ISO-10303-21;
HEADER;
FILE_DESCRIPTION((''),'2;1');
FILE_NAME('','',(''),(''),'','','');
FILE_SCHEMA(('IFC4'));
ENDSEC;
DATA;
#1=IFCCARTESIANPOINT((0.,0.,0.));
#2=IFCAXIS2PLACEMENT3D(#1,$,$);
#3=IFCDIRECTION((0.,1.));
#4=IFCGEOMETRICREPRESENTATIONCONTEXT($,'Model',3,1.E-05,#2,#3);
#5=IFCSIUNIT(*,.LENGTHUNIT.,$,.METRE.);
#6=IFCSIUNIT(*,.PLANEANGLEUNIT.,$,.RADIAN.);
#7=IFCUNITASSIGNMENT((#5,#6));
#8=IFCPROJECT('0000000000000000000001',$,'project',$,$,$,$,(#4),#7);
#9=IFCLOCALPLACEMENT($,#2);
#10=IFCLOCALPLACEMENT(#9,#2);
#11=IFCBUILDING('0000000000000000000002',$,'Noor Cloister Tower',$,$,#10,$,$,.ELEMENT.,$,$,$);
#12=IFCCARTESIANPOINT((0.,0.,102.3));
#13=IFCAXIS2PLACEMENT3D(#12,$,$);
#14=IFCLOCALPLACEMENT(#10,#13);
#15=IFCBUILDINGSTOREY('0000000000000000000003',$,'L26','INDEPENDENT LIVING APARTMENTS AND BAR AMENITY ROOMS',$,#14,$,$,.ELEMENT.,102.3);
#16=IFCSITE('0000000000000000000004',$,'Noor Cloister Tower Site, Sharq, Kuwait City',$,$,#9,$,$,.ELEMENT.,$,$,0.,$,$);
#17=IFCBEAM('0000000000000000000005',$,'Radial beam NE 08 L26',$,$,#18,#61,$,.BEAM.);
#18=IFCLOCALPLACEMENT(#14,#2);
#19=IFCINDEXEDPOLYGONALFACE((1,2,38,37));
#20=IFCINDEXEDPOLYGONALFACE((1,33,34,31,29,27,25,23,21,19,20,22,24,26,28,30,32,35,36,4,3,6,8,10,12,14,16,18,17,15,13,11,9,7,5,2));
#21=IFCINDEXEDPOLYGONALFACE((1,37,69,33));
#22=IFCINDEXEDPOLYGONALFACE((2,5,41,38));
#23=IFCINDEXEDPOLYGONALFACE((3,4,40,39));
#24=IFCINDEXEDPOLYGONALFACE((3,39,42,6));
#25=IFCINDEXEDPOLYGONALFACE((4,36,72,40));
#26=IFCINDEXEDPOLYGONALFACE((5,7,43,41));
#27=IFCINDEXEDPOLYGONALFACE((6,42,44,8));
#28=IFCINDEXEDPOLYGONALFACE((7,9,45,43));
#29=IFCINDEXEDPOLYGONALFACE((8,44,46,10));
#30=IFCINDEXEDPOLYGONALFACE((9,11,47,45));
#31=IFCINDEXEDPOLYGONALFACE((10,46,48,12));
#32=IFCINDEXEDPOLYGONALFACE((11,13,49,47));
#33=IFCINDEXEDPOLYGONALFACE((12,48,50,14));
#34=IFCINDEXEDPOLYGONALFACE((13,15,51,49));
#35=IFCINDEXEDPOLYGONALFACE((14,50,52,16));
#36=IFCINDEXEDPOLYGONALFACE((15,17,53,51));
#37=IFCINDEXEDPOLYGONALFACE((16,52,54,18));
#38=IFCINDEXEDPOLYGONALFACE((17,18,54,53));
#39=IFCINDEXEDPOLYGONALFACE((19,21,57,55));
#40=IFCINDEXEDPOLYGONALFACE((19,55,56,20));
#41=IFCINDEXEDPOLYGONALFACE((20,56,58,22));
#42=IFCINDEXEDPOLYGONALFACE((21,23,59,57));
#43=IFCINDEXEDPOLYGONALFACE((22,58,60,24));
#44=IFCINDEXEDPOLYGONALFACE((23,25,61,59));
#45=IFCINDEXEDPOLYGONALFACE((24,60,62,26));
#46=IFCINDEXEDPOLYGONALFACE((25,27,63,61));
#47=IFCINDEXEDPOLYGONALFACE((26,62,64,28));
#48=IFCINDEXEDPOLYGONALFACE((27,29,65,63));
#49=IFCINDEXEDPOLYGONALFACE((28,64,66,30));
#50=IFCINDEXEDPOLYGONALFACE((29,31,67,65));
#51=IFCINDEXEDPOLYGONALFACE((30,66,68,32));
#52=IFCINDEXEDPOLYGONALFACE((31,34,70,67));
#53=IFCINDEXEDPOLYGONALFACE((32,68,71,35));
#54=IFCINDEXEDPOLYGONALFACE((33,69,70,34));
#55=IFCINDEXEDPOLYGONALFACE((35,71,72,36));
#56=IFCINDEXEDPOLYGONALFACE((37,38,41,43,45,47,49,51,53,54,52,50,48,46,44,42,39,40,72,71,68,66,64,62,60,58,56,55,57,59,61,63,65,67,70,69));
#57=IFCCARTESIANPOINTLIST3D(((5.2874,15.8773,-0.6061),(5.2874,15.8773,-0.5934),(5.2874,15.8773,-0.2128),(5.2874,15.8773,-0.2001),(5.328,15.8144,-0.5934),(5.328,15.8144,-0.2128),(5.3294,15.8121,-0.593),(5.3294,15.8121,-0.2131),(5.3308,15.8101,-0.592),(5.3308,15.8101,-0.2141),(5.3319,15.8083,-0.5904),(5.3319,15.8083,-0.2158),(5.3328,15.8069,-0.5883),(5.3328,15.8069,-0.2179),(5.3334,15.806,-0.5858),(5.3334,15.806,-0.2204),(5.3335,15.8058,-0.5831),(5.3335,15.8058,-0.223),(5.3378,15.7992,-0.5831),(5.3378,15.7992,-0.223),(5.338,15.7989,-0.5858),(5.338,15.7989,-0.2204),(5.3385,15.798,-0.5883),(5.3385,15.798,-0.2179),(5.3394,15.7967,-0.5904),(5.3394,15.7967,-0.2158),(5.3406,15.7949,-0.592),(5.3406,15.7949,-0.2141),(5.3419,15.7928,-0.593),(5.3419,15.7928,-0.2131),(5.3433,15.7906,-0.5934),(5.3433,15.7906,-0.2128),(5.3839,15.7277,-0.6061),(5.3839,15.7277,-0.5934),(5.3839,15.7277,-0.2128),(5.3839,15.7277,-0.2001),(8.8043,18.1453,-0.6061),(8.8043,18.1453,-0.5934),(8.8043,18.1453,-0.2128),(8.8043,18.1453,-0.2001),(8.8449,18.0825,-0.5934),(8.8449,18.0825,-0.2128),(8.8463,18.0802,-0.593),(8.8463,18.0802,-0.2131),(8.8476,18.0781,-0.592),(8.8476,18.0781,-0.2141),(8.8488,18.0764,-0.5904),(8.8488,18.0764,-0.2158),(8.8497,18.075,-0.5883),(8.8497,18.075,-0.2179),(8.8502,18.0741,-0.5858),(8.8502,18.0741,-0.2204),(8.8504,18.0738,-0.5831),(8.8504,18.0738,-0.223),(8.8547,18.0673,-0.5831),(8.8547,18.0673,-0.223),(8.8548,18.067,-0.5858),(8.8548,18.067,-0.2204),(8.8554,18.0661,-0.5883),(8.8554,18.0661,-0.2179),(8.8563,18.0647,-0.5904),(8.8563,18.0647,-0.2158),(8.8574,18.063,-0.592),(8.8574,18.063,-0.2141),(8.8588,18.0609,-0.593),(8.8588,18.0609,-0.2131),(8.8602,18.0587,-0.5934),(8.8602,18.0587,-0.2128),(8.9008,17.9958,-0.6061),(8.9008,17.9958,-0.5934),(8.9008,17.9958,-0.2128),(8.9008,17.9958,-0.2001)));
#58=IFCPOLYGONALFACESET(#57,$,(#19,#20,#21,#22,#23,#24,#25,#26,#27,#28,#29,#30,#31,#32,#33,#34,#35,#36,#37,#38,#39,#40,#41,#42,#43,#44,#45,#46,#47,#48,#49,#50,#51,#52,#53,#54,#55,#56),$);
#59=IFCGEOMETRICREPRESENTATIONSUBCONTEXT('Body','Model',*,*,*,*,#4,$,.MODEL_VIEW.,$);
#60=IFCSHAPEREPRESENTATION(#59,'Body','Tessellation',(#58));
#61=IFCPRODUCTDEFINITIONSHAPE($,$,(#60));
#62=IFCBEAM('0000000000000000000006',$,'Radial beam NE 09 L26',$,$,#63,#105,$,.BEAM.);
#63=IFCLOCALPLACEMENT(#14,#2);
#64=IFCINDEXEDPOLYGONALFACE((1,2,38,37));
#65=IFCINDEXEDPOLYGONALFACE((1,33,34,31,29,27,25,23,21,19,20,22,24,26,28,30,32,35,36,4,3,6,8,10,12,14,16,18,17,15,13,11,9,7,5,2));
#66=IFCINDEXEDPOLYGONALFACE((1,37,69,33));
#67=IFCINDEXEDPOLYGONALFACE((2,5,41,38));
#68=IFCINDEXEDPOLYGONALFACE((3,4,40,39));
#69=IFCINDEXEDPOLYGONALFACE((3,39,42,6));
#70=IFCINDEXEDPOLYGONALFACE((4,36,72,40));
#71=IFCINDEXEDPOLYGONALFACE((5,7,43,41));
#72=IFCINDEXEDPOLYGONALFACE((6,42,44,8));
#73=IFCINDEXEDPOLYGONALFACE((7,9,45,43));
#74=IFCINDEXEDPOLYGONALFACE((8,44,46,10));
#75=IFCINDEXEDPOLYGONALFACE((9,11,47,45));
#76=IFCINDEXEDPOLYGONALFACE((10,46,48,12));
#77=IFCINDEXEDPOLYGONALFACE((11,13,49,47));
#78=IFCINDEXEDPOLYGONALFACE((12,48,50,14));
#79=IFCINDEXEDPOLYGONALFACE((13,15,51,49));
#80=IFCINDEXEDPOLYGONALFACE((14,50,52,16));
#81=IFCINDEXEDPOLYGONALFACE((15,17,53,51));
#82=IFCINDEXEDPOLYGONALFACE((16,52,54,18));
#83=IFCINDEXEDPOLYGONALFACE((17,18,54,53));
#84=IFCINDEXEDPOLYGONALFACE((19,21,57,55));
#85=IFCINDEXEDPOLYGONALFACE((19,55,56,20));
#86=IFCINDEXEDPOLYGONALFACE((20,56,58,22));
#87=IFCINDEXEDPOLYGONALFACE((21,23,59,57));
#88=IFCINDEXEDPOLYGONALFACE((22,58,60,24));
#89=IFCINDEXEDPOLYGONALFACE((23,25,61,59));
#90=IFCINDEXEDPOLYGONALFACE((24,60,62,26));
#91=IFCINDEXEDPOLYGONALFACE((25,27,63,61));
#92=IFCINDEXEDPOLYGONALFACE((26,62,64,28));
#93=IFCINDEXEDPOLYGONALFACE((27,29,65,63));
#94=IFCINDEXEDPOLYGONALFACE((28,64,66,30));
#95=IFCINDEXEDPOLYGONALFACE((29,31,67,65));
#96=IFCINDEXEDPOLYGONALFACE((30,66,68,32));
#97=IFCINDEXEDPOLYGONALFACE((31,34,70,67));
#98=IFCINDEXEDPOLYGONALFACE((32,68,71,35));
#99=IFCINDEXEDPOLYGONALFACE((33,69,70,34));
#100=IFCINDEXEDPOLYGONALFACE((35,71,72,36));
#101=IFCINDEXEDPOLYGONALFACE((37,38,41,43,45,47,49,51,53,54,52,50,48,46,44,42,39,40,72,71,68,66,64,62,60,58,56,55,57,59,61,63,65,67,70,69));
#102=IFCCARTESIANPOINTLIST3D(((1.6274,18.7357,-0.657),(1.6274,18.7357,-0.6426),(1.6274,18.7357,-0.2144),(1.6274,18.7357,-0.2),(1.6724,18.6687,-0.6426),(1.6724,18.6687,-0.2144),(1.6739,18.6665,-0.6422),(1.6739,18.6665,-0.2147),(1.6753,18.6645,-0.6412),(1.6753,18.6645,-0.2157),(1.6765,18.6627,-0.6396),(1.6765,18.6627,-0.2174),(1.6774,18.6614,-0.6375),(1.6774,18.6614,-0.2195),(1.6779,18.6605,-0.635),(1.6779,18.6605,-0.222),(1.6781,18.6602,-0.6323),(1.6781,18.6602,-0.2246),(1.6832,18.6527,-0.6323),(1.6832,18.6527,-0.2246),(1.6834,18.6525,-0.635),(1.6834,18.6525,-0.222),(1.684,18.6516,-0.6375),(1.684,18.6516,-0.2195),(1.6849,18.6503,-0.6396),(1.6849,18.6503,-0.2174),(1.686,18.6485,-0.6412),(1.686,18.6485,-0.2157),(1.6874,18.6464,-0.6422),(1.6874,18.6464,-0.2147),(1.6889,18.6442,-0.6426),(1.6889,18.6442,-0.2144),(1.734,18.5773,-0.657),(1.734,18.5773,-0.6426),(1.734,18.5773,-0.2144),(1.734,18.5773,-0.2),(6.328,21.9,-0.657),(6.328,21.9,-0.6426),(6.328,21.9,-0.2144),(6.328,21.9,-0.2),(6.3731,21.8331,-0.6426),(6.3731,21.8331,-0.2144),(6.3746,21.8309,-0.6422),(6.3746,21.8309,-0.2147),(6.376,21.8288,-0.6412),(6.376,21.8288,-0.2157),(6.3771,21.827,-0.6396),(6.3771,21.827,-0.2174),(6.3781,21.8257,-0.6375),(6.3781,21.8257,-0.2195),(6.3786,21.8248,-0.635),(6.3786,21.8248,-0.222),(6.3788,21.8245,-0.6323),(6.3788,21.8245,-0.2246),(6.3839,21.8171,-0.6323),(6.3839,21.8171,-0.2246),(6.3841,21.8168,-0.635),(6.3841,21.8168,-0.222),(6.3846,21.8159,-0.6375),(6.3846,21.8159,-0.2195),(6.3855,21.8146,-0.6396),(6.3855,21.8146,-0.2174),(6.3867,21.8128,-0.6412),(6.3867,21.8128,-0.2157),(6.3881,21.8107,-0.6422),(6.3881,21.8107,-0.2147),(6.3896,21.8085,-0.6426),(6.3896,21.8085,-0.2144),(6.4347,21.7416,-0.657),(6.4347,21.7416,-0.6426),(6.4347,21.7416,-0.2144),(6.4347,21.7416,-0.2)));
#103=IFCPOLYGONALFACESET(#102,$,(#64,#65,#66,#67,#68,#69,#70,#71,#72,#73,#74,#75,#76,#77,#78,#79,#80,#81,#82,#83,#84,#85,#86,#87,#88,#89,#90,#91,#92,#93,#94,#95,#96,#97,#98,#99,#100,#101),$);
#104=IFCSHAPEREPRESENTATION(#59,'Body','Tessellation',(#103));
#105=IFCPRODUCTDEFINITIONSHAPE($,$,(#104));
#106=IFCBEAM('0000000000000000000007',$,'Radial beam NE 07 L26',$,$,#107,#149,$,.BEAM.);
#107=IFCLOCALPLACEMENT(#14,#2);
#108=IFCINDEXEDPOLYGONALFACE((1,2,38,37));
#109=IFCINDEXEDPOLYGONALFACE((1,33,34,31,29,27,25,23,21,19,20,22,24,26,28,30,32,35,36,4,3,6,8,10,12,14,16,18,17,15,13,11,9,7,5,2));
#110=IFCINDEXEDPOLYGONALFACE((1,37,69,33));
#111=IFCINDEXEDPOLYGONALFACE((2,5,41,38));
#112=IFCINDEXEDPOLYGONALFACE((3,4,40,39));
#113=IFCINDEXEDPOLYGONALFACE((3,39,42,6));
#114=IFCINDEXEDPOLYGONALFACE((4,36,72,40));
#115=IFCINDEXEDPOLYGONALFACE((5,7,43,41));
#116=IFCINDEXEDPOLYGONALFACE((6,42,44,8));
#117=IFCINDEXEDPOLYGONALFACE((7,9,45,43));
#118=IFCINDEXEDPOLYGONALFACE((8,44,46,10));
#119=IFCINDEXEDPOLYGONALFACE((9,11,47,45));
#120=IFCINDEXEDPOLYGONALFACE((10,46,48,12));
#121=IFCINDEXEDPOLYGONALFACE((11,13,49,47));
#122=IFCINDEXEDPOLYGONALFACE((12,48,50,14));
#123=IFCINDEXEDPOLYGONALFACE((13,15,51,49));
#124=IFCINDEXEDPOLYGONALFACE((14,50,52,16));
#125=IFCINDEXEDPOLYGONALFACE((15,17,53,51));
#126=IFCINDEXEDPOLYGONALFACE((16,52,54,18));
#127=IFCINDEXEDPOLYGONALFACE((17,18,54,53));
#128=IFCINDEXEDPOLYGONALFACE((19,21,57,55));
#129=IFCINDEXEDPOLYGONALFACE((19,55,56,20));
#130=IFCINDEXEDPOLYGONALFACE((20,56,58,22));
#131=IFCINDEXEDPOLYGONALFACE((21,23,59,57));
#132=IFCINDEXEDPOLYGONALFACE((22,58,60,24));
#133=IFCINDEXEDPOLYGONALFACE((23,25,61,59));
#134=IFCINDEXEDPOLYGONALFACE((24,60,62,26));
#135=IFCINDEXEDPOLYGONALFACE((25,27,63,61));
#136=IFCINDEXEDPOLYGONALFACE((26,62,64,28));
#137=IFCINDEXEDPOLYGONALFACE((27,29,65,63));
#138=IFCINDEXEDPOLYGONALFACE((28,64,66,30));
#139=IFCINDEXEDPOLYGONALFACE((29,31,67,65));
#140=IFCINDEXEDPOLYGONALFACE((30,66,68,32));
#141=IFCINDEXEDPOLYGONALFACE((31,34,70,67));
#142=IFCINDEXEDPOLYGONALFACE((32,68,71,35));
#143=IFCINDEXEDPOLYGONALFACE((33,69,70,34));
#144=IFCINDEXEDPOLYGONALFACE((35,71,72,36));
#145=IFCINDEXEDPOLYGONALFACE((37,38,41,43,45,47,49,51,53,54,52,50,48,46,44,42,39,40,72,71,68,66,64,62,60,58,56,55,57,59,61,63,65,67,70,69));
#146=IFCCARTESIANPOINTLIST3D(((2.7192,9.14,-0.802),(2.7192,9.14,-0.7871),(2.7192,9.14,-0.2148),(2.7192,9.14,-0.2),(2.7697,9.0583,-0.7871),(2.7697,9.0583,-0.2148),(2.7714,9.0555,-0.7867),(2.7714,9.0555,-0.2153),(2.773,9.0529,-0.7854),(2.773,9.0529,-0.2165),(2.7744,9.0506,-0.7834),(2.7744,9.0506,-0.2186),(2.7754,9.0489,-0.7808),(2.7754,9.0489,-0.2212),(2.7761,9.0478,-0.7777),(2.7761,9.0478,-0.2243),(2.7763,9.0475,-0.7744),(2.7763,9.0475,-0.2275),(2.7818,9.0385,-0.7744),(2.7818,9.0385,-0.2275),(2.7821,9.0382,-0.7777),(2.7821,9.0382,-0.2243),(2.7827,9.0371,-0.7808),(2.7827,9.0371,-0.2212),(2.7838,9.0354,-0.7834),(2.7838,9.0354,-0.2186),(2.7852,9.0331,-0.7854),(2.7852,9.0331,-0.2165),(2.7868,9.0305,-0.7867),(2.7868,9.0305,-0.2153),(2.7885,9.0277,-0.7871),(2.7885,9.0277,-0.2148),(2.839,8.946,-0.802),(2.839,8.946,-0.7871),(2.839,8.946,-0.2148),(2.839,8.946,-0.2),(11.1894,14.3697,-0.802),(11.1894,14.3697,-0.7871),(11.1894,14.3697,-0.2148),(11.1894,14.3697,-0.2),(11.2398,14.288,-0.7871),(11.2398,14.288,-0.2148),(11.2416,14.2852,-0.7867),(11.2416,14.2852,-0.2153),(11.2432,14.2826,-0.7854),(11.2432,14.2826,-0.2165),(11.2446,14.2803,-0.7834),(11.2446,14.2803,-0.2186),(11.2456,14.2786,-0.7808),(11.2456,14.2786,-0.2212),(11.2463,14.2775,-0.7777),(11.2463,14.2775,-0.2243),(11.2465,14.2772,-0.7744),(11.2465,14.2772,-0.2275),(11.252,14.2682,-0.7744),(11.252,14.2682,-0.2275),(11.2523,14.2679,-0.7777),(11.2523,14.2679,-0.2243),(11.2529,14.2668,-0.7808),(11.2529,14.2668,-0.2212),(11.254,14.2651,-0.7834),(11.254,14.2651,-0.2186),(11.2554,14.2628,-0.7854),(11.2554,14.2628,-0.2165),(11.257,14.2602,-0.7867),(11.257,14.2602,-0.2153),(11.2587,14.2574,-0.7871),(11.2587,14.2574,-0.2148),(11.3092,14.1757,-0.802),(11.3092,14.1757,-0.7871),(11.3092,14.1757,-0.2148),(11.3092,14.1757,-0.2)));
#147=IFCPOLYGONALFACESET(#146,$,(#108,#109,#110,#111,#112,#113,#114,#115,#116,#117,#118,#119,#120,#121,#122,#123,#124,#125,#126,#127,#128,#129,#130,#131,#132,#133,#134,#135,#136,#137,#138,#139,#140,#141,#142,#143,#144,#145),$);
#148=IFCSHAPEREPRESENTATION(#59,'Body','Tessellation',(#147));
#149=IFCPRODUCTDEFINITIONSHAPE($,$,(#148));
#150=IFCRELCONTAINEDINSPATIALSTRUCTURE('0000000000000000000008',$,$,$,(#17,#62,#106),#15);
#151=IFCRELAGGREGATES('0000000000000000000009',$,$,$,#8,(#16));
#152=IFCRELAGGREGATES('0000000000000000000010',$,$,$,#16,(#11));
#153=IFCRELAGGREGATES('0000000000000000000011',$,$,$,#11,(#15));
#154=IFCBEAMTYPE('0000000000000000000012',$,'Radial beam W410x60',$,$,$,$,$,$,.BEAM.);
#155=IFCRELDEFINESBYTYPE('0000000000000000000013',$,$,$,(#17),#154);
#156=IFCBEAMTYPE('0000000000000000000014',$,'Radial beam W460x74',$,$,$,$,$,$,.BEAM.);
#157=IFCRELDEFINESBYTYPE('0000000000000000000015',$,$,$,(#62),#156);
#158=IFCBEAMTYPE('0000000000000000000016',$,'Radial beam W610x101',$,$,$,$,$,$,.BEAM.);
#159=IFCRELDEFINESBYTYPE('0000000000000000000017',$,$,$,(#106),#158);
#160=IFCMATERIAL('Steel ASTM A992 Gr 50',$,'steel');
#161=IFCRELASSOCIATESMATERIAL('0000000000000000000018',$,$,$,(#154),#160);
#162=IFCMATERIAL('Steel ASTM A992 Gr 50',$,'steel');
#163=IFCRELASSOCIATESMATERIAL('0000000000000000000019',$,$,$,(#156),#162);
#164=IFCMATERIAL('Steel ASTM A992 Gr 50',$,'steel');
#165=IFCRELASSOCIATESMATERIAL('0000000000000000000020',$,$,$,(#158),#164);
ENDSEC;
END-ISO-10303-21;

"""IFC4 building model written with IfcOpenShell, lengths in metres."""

from ifc_helpers import new_model, si_unit, direction, frame, origin, origin_2d, place, context, subcontext, project, spatial, i_section, extrude, material, material_profile, profile_set, type_object, element, save


model = new_model("IFC4")

# Units and contexts
model_context = context("Model", 3, precision=1e-05, world=origin(), true_north=direction((0.0, 1.0)))
body_context = subcontext(model_context, "Body", "Model", "MODEL_VIEW")
ifc_project = project(units=[si_unit("LENGTHUNIT", "METRE"), si_unit("PLANEANGLEUNIT", "RADIAN")], contexts=[model_context])

# Site, building, storey
site_placement = place(None, origin())
site = spatial("IfcSite", under=ifc_project, at=site_placement, Name="Noor Cloister Tower Site, Sharq, Kuwait City", CompositionType="ELEMENT", RefElevation=0.0)
building_placement = place(site_placement, origin())
building = spatial("IfcBuilding", under=site, at=building_placement, Name="Noor Cloister Tower", CompositionType="ELEMENT")
storey_placement = place(building_placement, frame((0.0, 0.0, 102.3)))
storey = spatial("IfcBuildingStorey", under=building, at=storey_placement, Name="L26", Description="INDEPENDENT LIVING APARTMENTS AND BAR AMENITY ROOMS", CompositionType="ELEMENT", Elevation=102.3)

# Beams
ifc_material_1 = material(Name="Steel ASTM A992 Gr 50", Category="steel")
ifc_material_profile_1 = material_profile(ifc_material_1, i_section(OverallWidth=0.178, OverallDepth=0.406, WebThickness=0.0078, FlangeThickness=0.0127, FilletRadius=0.0103, at=origin_2d()), Name="W410x60")
ifc_profile_set_1 = profile_set([ifc_material_profile_1], Name="Steel ASTM A992 Gr 50")
beam_type_1 = type_object("IfcBeamType", Name="Radial beam W410x60", PredefinedType="BEAM", material=ifc_profile_set_1)
beam_1_placement = place(storey_placement, frame((8.8525, 18.0706, -0.4031), z_axis=(-0.840391, -0.541981, 0.0), x_axis=(0.541981, -0.840391, 0.0)))
element("IfcBeam", 1, at=beam_1_placement, inside=storey, type_object=beam_type_1, Name="Radial beam NE 08 L26", PredefinedType="BEAM", context=body_context, shape_type="SweptSolid", body=[
    extrude(i_section(OverallWidth=0.178, OverallDepth=0.406, WebThickness=0.0078, FlangeThickness=0.0127, FilletRadius=0.0103, at=origin_2d()), origin(), (0.0, 0.0, 1.0), 4.1848),
])
ifc_material_2 = material(Name="Steel ASTM A992 Gr 50", Category="steel")
ifc_material_profile_2 = material_profile(ifc_material_2, i_section(OverallWidth=0.1909, OverallDepth=0.457, WebThickness=0.009, FlangeThickness=0.0144, FilletRadius=0.0103, at=origin_2d()), Name="W460x74")
ifc_profile_set_2 = profile_set([ifc_material_profile_2], Name="Steel ASTM A992 Gr 50")
beam_type_2 = type_object("IfcBeamType", Name="Radial beam W460x74", PredefinedType="BEAM", material=ifc_profile_set_2)
beam_2_placement = place(storey_placement, frame((6.3813, 21.8208, -0.4285), z_axis=(-0.829556, -0.558423, 0.0), x_axis=(0.558423, -0.829556, 0.0)))
element("IfcBeam", 2, at=beam_2_placement, inside=storey, type_object=beam_type_2, Name="Radial beam NE 09 L26", PredefinedType="BEAM", context=body_context, shape_type="SweptSolid", body=[
    extrude(i_section(OverallWidth=0.1909, OverallDepth=0.457, WebThickness=0.009, FlangeThickness=0.0144, FilletRadius=0.0103, at=origin_2d()), origin(), (0.0, 0.0, 1.0), 5.6665),
])
ifc_material_3 = material(Name="Steel ASTM A992 Gr 50", Category="steel")
ifc_material_profile_3 = material_profile(ifc_material_3, i_section(OverallWidth=0.228, OverallDepth=0.6021, WebThickness=0.0105, FlangeThickness=0.0149, FilletRadius=0.0127, at=origin_2d()), Name="W610x101")
ifc_profile_set_3 = profile_set([ifc_material_profile_3], Name="Steel ASTM A992 Gr 50")
beam_type_3 = type_object("IfcBeamType", Name="Radial beam W610x101", PredefinedType="BEAM", material=ifc_profile_set_3)
beam_3_placement = place(storey_placement, frame((11.2493, 14.2727, -0.501), z_axis=(-0.850882, -0.525357, 0.0), x_axis=(0.525357, -0.850882, 0.0)))
element("IfcBeam", 3, at=beam_3_placement, inside=storey, type_object=beam_type_3, Name="Radial beam NE 07 L26", PredefinedType="BEAM", context=body_context, shape_type="SweptSolid", body=[
    extrude(i_section(OverallWidth=0.228, OverallDepth=0.6021, WebThickness=0.0105, FlangeThickness=0.0149, FilletRadius=0.0127, at=origin_2d()), origin(), (0.0, 0.0, 1.0), 9.9546),
])

save(model, "model.ifc")
